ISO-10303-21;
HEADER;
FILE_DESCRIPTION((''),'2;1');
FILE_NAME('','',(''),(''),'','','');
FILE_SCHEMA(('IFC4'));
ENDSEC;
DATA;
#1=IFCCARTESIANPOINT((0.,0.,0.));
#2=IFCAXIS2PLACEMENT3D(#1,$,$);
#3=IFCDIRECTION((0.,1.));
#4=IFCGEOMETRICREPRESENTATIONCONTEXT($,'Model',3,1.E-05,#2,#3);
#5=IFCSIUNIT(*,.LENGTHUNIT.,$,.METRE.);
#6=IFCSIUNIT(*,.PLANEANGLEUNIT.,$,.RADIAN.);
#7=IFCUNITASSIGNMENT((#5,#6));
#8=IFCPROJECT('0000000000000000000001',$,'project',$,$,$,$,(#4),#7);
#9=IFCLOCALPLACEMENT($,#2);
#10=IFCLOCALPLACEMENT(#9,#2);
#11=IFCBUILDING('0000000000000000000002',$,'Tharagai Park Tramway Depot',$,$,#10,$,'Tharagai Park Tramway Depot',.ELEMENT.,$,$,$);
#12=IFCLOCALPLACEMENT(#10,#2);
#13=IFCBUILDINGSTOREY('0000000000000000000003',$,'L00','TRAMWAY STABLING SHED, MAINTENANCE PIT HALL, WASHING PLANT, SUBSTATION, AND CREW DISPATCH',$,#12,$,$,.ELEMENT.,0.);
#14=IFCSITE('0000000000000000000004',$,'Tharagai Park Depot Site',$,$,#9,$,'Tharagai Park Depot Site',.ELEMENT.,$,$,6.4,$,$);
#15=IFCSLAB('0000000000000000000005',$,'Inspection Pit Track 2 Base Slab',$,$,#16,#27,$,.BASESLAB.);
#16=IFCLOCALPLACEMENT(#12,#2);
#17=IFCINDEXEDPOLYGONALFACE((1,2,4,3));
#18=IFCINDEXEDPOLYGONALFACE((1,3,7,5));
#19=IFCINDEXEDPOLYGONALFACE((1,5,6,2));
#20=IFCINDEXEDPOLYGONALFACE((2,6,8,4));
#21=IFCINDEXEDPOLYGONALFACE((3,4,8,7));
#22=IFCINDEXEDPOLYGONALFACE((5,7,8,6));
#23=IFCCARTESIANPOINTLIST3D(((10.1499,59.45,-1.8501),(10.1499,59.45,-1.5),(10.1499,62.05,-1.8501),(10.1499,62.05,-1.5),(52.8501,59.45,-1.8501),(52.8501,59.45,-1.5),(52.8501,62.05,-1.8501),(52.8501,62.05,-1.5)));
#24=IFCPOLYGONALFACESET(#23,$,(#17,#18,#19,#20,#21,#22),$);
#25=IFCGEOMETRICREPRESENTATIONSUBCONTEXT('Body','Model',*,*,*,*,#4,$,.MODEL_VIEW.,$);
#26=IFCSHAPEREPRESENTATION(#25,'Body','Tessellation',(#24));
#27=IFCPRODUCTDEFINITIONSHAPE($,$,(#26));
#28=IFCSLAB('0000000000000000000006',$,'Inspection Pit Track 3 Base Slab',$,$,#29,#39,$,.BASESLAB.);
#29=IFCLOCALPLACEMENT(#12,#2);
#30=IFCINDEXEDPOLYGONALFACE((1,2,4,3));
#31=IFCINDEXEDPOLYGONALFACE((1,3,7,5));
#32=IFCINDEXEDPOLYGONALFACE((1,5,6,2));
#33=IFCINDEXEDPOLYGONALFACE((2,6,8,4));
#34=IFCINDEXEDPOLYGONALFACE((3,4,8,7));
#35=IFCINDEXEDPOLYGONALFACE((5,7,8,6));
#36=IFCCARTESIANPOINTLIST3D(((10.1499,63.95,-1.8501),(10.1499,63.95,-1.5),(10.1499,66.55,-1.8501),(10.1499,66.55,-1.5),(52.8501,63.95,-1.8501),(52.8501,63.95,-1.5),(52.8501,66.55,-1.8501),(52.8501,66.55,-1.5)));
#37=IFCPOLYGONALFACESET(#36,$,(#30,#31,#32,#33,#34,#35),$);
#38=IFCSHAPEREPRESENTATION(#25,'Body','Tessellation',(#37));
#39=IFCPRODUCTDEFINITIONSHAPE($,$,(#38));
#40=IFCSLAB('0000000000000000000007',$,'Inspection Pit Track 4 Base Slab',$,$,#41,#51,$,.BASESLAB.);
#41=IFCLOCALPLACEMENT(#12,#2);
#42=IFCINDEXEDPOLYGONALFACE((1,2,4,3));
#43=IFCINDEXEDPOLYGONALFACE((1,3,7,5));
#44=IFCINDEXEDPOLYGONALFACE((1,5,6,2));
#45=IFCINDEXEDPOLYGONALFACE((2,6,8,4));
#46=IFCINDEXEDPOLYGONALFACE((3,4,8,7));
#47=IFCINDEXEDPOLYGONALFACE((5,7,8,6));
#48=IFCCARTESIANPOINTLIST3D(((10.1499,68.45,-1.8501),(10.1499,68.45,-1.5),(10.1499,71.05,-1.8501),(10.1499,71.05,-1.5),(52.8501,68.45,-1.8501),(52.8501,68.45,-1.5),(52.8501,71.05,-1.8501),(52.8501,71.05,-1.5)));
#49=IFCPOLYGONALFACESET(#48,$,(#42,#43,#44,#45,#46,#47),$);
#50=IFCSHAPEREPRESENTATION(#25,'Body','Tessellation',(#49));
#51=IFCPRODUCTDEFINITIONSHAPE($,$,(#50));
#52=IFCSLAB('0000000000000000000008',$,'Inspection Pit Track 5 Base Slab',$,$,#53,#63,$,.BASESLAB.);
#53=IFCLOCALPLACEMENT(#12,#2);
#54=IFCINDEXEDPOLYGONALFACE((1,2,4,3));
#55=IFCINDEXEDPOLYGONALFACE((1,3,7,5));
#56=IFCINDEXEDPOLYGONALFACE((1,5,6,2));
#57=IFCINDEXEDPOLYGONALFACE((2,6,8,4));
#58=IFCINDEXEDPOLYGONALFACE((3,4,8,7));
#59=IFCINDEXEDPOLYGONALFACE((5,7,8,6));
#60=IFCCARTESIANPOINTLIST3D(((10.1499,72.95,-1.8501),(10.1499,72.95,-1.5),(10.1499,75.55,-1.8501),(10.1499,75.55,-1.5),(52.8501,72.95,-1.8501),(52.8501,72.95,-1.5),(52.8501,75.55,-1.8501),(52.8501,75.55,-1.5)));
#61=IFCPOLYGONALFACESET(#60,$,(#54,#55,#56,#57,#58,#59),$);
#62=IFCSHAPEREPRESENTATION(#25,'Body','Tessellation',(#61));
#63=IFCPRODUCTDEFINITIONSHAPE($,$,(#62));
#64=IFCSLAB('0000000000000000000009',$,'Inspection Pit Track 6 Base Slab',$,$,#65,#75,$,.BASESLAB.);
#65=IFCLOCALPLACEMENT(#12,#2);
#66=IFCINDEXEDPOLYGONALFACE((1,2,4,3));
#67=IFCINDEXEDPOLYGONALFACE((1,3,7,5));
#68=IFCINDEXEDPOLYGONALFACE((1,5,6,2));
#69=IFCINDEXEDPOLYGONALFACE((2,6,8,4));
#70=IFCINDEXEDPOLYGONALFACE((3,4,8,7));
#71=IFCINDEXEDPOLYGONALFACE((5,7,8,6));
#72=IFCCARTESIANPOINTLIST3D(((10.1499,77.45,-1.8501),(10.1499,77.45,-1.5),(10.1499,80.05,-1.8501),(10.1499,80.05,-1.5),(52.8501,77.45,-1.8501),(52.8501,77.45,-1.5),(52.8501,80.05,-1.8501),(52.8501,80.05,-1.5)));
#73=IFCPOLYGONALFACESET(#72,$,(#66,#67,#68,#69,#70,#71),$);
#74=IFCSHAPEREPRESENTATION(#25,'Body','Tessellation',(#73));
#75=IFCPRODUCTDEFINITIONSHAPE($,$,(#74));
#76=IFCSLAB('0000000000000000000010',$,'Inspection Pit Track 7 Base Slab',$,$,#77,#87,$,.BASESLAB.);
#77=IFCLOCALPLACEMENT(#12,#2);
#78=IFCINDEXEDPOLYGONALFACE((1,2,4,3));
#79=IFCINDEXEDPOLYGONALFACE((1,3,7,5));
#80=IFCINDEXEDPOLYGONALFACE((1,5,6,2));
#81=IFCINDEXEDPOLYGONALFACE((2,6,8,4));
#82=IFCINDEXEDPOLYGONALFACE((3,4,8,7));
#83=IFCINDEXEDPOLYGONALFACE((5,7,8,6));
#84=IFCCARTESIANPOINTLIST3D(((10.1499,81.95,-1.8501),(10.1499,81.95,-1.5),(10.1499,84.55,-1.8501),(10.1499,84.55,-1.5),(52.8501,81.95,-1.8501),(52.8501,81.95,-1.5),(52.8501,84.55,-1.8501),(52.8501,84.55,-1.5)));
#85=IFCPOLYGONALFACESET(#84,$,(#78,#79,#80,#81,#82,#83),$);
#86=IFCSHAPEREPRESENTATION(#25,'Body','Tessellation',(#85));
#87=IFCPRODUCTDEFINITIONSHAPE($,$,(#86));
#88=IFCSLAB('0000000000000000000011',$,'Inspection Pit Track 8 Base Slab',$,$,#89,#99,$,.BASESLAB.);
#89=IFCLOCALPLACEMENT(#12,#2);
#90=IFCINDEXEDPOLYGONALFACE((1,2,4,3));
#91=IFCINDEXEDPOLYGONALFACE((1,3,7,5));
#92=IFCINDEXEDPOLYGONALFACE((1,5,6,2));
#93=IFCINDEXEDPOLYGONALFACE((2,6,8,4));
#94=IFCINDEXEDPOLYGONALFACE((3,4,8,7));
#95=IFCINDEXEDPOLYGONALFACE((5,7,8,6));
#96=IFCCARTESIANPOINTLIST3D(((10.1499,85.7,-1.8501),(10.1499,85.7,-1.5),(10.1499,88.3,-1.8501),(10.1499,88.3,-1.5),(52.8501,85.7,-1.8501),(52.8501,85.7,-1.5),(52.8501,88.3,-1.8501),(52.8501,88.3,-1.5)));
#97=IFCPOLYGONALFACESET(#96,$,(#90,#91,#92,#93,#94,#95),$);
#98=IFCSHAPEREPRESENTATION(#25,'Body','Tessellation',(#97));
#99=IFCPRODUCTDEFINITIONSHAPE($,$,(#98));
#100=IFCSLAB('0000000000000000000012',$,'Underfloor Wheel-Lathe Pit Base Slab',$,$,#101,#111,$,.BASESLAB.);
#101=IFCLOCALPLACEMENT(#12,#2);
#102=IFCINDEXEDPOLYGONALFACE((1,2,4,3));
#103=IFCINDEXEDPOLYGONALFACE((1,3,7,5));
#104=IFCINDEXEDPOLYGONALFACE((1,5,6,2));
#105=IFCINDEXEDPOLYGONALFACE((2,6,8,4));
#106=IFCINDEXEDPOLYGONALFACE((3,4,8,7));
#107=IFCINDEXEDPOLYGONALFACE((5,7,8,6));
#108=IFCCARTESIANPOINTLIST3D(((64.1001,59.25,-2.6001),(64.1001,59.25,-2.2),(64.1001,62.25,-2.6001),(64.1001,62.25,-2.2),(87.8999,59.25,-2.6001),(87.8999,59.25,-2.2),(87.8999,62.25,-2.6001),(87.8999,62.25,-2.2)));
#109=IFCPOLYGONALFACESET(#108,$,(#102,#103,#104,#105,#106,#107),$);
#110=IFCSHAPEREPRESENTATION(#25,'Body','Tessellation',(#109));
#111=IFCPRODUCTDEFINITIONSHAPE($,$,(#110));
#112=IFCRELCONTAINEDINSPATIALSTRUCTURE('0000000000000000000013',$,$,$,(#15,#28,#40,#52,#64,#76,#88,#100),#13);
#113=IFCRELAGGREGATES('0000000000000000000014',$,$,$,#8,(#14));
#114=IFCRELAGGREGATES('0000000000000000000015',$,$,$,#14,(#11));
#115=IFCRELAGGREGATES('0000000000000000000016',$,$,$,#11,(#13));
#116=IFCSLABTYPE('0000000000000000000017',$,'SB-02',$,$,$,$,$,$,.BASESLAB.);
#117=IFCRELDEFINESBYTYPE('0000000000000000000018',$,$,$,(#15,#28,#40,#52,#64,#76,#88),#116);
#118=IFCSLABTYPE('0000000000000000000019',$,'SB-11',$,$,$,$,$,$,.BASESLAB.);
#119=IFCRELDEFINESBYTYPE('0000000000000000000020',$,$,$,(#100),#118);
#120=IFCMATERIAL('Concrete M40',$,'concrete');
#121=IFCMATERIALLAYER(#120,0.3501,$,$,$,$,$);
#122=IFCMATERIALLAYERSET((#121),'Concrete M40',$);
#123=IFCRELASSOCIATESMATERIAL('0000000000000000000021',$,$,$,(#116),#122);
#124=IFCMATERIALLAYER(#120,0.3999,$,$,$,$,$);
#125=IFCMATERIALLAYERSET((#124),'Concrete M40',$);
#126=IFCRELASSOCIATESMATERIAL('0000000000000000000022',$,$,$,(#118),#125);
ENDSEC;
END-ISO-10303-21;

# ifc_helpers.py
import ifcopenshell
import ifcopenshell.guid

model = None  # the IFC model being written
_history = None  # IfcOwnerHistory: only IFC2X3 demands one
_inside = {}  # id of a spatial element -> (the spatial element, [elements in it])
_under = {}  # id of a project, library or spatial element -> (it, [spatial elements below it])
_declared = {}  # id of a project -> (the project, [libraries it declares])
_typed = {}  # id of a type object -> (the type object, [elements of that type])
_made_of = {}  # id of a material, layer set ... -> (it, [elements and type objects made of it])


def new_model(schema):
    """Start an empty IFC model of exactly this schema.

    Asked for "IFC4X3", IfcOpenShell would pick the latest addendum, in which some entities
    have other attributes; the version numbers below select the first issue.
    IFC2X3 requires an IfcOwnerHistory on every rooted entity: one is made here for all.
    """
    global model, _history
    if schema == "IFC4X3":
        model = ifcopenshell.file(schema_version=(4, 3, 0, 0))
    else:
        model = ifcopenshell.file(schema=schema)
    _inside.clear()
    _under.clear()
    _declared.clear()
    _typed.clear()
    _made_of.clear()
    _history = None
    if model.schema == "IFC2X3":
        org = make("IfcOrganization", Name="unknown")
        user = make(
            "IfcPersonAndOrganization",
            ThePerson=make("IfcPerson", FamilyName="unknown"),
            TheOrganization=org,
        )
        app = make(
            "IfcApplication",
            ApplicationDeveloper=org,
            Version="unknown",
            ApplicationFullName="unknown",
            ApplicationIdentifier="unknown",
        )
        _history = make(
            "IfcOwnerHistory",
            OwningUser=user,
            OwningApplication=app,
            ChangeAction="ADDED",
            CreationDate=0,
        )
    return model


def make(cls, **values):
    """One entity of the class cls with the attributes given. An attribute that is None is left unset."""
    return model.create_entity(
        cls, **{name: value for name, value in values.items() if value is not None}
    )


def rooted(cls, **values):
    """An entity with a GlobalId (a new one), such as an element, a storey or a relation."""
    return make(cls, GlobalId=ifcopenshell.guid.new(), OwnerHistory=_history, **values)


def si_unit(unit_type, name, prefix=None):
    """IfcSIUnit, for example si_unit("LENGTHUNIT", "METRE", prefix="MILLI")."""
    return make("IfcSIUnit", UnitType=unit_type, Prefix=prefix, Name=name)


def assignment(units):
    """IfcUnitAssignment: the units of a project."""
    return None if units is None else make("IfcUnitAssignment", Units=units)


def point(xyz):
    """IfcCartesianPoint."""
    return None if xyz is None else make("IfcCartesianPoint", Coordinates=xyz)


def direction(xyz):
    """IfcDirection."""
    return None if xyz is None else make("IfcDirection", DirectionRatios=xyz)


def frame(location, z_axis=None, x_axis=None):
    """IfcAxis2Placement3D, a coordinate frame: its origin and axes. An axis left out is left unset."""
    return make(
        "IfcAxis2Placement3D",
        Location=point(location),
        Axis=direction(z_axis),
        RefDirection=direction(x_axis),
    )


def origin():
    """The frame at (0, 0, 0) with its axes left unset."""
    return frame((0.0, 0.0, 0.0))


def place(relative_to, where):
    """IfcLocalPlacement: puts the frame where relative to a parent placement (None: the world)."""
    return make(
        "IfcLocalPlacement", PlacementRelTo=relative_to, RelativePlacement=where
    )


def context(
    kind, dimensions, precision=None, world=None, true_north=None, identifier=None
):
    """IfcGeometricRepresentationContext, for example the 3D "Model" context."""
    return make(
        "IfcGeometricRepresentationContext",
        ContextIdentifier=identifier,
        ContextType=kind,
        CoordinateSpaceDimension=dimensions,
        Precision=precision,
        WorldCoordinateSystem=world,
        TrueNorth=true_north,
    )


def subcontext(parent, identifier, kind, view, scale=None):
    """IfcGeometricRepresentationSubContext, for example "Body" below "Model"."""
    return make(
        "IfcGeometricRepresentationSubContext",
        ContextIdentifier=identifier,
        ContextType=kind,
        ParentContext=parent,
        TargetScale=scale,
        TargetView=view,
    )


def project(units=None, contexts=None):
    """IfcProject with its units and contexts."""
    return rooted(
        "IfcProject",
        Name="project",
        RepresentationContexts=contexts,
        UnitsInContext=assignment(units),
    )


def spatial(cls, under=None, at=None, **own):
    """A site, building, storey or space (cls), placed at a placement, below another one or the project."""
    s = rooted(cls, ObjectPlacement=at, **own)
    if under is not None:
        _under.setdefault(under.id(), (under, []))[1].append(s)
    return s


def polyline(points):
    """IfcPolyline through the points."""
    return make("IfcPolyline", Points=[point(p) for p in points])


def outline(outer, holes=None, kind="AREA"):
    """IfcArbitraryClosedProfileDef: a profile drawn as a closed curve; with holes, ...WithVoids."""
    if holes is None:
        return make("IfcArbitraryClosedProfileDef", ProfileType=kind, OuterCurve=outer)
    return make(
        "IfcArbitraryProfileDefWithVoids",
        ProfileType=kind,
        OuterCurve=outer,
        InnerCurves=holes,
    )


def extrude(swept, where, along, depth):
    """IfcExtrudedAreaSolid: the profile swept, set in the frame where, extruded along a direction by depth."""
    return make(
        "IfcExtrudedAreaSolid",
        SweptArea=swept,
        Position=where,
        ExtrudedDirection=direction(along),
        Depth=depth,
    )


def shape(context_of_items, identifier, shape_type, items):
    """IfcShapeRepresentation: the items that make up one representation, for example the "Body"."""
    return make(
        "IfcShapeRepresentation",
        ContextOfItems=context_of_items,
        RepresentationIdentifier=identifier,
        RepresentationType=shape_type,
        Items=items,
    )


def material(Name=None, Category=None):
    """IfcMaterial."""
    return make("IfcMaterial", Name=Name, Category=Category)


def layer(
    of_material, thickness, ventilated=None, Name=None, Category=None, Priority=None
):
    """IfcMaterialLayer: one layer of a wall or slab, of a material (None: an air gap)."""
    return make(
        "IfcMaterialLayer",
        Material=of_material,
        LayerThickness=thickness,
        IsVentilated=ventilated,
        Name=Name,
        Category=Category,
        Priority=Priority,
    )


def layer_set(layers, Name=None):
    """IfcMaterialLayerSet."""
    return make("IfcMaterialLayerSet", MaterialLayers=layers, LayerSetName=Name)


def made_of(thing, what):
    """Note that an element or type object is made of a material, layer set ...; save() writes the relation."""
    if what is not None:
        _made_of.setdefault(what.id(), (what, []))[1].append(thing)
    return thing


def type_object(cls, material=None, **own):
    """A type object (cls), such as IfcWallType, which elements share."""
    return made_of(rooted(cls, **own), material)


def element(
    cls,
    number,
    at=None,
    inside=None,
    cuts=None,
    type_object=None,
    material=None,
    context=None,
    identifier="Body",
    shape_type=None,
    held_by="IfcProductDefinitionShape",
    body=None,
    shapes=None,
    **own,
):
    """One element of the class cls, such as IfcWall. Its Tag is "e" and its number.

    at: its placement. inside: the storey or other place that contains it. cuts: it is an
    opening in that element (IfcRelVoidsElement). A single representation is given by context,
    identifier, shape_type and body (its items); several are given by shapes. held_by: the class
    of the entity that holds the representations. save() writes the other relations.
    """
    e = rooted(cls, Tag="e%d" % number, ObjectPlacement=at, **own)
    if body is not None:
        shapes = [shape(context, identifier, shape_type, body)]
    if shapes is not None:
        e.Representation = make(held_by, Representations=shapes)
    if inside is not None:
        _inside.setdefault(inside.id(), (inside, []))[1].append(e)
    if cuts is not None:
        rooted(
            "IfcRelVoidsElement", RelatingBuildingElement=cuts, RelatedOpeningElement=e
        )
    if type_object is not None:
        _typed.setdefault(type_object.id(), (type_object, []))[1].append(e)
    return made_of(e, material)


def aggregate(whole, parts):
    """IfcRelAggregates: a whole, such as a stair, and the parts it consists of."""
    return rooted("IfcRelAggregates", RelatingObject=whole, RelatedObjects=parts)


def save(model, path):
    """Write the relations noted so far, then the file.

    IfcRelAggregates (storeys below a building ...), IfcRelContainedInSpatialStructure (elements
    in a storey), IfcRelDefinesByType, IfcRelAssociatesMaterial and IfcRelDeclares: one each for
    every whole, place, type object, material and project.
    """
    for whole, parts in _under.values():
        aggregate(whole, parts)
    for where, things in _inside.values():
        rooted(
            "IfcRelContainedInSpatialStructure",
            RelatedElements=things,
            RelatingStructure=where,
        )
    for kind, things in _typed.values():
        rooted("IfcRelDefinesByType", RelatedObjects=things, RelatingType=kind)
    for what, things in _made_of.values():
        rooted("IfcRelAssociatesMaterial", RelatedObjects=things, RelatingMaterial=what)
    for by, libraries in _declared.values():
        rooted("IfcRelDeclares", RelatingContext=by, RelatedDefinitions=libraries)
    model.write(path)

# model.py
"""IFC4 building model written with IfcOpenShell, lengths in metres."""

from ifc_helpers import new_model, si_unit, direction, frame, origin, place, context, subcontext, project, spatial, polyline, outline, extrude, material, layer, layer_set, type_object, element, save


model = new_model("IFC4")

# Units and contexts
model_context = context("Model", 3, precision=1e-05, world=origin(), true_north=direction((0.0, 1.0)))
body_context = subcontext(model_context, "Body", "Model", "MODEL_VIEW")
ifc_project = project(units=[si_unit("LENGTHUNIT", "METRE"), si_unit("PLANEANGLEUNIT", "RADIAN")], contexts=[model_context])

# Site, building, storey
site_placement = place(None, origin())
site = spatial("IfcSite", under=ifc_project, at=site_placement, Name="Tharagai Park Depot Site", LongName="Tharagai Park Depot Site", CompositionType="ELEMENT", RefElevation=6.4)
building_placement = place(site_placement, origin())
building = spatial("IfcBuilding", under=site, at=building_placement, Name="Tharagai Park Tramway Depot", LongName="Tharagai Park Tramway Depot", CompositionType="ELEMENT")
storey_placement = place(building_placement, origin())
storey = spatial("IfcBuildingStorey", under=building, at=storey_placement, Name="L00", Description="TRAMWAY STABLING SHED, MAINTENANCE PIT HALL, WASHING PLANT, SUBSTATION, AND CREW DISPATCH", CompositionType="ELEMENT", Elevation=0.0)

# Shared definitions
ifc_material = material(Name="Concrete M40", Category="concrete")

# Slabs
ifc_layer_1 = layer(ifc_material, 0.3501)
ifc_layer_set_1 = layer_set([ifc_layer_1], Name="Concrete M40")
slab_type_1 = type_object("IfcSlabType", Name="SB-02", PredefinedType="BASESLAB", material=ifc_layer_set_1)
slab_1_placement = place(storey_placement, frame((0.0, 0.0, -1.8501)))
element("IfcSlab", 1, at=slab_1_placement, inside=storey, type_object=slab_type_1, Name="Inspection Pit Track 2 Base Slab", PredefinedType="BASESLAB", context=body_context, shape_type="SweptSolid", body=[
    extrude(outline(polyline([(10.1499, 59.45), (52.8501, 59.45), (52.8501, 62.05), (10.1499, 62.05), (10.1499, 59.45)])), origin(), (0.0, 0.0, 1.0), 0.3501),
])
slab_2_placement = place(storey_placement, frame((0.0, 0.0, -1.8501)))
element("IfcSlab", 2, at=slab_2_placement, inside=storey, type_object=slab_type_1, Name="Inspection Pit Track 3 Base Slab", PredefinedType="BASESLAB", context=body_context, shape_type="SweptSolid", body=[
    extrude(outline(polyline([(10.1499, 63.95), (52.8501, 63.95), (52.8501, 66.55), (10.1499, 66.55), (10.1499, 63.95)])), origin(), (0.0, 0.0, 1.0), 0.3501),
])
slab_3_placement = place(storey_placement, frame((0.0, 0.0, -1.8501)))
element("IfcSlab", 3, at=slab_3_placement, inside=storey, type_object=slab_type_1, Name="Inspection Pit Track 4 Base Slab", PredefinedType="BASESLAB", context=body_context, shape_type="SweptSolid", body=[
    extrude(outline(polyline([(10.1499, 68.45), (52.8501, 68.45), (52.8501, 71.05), (10.1499, 71.05), (10.1499, 68.45)])), origin(), (0.0, 0.0, 1.0), 0.3501),
])
slab_4_placement = place(storey_placement, frame((0.0, 0.0, -1.8501)))
element("IfcSlab", 4, at=slab_4_placement, inside=storey, type_object=slab_type_1, Name="Inspection Pit Track 5 Base Slab", PredefinedType="BASESLAB", context=body_context, shape_type="SweptSolid", body=[
    extrude(outline(polyline([(10.1499, 72.95), (52.8501, 72.95), (52.8501, 75.55), (10.1499, 75.55), (10.1499, 72.95)])), origin(), (0.0, 0.0, 1.0), 0.3501),
])
slab_5_placement = place(storey_placement, frame((0.0, 0.0, -1.8501)))
element("IfcSlab", 5, at=slab_5_placement, inside=storey, type_object=slab_type_1, Name="Inspection Pit Track 6 Base Slab", PredefinedType="BASESLAB", context=body_context, shape_type="SweptSolid", body=[
    extrude(outline(polyline([(10.1499, 77.45), (52.8501, 77.45), (52.8501, 80.05), (10.1499, 80.05), (10.1499, 77.45)])), origin(), (0.0, 0.0, 1.0), 0.3501),
])
slab_6_placement = place(storey_placement, frame((0.0, 0.0, -1.8501)))
element("IfcSlab", 6, at=slab_6_placement, inside=storey, type_object=slab_type_1, Name="Inspection Pit Track 7 Base Slab", PredefinedType="BASESLAB", context=body_context, shape_type="SweptSolid", body=[
    extrude(outline(polyline([(10.1499, 81.95), (52.8501, 81.95), (52.8501, 84.55), (10.1499, 84.55), (10.1499, 81.95)])), origin(), (0.0, 0.0, 1.0), 0.3501),
])
slab_7_placement = place(storey_placement, frame((0.0, 0.0, -1.8501)))
element("IfcSlab", 7, at=slab_7_placement, inside=storey, type_object=slab_type_1, Name="Inspection Pit Track 8 Base Slab", PredefinedType="BASESLAB", context=body_context, shape_type="SweptSolid", body=[
    extrude(outline(polyline([(10.1499, 85.7), (52.8501, 85.7), (52.8501, 88.3), (10.1499, 88.3), (10.1499, 85.7)])), origin(), (0.0, 0.0, 1.0), 0.3501),
])
ifc_layer_2 = layer(ifc_material, 0.3999)
ifc_layer_set_2 = layer_set([ifc_layer_2], Name="Concrete M40")
slab_type_2 = type_object("IfcSlabType", Name="SB-11", PredefinedType="BASESLAB", material=ifc_layer_set_2)
slab_8_placement = place(storey_placement, frame((0.0, 0.0, -2.6001)))
element("IfcSlab", 8, at=slab_8_placement, inside=storey, type_object=slab_type_2, Name="Underfloor Wheel-Lathe Pit Base Slab", PredefinedType="BASESLAB", context=body_context, shape_type="SweptSolid", body=[
    extrude(outline(polyline([(64.1001, 59.25), (87.8999, 59.25), (87.8999, 62.25), (64.1001, 62.25), (64.1001, 59.25)])), origin(), (0.0, 0.0, 1.0), 0.4001),
])

save(model, "model.ifc")
